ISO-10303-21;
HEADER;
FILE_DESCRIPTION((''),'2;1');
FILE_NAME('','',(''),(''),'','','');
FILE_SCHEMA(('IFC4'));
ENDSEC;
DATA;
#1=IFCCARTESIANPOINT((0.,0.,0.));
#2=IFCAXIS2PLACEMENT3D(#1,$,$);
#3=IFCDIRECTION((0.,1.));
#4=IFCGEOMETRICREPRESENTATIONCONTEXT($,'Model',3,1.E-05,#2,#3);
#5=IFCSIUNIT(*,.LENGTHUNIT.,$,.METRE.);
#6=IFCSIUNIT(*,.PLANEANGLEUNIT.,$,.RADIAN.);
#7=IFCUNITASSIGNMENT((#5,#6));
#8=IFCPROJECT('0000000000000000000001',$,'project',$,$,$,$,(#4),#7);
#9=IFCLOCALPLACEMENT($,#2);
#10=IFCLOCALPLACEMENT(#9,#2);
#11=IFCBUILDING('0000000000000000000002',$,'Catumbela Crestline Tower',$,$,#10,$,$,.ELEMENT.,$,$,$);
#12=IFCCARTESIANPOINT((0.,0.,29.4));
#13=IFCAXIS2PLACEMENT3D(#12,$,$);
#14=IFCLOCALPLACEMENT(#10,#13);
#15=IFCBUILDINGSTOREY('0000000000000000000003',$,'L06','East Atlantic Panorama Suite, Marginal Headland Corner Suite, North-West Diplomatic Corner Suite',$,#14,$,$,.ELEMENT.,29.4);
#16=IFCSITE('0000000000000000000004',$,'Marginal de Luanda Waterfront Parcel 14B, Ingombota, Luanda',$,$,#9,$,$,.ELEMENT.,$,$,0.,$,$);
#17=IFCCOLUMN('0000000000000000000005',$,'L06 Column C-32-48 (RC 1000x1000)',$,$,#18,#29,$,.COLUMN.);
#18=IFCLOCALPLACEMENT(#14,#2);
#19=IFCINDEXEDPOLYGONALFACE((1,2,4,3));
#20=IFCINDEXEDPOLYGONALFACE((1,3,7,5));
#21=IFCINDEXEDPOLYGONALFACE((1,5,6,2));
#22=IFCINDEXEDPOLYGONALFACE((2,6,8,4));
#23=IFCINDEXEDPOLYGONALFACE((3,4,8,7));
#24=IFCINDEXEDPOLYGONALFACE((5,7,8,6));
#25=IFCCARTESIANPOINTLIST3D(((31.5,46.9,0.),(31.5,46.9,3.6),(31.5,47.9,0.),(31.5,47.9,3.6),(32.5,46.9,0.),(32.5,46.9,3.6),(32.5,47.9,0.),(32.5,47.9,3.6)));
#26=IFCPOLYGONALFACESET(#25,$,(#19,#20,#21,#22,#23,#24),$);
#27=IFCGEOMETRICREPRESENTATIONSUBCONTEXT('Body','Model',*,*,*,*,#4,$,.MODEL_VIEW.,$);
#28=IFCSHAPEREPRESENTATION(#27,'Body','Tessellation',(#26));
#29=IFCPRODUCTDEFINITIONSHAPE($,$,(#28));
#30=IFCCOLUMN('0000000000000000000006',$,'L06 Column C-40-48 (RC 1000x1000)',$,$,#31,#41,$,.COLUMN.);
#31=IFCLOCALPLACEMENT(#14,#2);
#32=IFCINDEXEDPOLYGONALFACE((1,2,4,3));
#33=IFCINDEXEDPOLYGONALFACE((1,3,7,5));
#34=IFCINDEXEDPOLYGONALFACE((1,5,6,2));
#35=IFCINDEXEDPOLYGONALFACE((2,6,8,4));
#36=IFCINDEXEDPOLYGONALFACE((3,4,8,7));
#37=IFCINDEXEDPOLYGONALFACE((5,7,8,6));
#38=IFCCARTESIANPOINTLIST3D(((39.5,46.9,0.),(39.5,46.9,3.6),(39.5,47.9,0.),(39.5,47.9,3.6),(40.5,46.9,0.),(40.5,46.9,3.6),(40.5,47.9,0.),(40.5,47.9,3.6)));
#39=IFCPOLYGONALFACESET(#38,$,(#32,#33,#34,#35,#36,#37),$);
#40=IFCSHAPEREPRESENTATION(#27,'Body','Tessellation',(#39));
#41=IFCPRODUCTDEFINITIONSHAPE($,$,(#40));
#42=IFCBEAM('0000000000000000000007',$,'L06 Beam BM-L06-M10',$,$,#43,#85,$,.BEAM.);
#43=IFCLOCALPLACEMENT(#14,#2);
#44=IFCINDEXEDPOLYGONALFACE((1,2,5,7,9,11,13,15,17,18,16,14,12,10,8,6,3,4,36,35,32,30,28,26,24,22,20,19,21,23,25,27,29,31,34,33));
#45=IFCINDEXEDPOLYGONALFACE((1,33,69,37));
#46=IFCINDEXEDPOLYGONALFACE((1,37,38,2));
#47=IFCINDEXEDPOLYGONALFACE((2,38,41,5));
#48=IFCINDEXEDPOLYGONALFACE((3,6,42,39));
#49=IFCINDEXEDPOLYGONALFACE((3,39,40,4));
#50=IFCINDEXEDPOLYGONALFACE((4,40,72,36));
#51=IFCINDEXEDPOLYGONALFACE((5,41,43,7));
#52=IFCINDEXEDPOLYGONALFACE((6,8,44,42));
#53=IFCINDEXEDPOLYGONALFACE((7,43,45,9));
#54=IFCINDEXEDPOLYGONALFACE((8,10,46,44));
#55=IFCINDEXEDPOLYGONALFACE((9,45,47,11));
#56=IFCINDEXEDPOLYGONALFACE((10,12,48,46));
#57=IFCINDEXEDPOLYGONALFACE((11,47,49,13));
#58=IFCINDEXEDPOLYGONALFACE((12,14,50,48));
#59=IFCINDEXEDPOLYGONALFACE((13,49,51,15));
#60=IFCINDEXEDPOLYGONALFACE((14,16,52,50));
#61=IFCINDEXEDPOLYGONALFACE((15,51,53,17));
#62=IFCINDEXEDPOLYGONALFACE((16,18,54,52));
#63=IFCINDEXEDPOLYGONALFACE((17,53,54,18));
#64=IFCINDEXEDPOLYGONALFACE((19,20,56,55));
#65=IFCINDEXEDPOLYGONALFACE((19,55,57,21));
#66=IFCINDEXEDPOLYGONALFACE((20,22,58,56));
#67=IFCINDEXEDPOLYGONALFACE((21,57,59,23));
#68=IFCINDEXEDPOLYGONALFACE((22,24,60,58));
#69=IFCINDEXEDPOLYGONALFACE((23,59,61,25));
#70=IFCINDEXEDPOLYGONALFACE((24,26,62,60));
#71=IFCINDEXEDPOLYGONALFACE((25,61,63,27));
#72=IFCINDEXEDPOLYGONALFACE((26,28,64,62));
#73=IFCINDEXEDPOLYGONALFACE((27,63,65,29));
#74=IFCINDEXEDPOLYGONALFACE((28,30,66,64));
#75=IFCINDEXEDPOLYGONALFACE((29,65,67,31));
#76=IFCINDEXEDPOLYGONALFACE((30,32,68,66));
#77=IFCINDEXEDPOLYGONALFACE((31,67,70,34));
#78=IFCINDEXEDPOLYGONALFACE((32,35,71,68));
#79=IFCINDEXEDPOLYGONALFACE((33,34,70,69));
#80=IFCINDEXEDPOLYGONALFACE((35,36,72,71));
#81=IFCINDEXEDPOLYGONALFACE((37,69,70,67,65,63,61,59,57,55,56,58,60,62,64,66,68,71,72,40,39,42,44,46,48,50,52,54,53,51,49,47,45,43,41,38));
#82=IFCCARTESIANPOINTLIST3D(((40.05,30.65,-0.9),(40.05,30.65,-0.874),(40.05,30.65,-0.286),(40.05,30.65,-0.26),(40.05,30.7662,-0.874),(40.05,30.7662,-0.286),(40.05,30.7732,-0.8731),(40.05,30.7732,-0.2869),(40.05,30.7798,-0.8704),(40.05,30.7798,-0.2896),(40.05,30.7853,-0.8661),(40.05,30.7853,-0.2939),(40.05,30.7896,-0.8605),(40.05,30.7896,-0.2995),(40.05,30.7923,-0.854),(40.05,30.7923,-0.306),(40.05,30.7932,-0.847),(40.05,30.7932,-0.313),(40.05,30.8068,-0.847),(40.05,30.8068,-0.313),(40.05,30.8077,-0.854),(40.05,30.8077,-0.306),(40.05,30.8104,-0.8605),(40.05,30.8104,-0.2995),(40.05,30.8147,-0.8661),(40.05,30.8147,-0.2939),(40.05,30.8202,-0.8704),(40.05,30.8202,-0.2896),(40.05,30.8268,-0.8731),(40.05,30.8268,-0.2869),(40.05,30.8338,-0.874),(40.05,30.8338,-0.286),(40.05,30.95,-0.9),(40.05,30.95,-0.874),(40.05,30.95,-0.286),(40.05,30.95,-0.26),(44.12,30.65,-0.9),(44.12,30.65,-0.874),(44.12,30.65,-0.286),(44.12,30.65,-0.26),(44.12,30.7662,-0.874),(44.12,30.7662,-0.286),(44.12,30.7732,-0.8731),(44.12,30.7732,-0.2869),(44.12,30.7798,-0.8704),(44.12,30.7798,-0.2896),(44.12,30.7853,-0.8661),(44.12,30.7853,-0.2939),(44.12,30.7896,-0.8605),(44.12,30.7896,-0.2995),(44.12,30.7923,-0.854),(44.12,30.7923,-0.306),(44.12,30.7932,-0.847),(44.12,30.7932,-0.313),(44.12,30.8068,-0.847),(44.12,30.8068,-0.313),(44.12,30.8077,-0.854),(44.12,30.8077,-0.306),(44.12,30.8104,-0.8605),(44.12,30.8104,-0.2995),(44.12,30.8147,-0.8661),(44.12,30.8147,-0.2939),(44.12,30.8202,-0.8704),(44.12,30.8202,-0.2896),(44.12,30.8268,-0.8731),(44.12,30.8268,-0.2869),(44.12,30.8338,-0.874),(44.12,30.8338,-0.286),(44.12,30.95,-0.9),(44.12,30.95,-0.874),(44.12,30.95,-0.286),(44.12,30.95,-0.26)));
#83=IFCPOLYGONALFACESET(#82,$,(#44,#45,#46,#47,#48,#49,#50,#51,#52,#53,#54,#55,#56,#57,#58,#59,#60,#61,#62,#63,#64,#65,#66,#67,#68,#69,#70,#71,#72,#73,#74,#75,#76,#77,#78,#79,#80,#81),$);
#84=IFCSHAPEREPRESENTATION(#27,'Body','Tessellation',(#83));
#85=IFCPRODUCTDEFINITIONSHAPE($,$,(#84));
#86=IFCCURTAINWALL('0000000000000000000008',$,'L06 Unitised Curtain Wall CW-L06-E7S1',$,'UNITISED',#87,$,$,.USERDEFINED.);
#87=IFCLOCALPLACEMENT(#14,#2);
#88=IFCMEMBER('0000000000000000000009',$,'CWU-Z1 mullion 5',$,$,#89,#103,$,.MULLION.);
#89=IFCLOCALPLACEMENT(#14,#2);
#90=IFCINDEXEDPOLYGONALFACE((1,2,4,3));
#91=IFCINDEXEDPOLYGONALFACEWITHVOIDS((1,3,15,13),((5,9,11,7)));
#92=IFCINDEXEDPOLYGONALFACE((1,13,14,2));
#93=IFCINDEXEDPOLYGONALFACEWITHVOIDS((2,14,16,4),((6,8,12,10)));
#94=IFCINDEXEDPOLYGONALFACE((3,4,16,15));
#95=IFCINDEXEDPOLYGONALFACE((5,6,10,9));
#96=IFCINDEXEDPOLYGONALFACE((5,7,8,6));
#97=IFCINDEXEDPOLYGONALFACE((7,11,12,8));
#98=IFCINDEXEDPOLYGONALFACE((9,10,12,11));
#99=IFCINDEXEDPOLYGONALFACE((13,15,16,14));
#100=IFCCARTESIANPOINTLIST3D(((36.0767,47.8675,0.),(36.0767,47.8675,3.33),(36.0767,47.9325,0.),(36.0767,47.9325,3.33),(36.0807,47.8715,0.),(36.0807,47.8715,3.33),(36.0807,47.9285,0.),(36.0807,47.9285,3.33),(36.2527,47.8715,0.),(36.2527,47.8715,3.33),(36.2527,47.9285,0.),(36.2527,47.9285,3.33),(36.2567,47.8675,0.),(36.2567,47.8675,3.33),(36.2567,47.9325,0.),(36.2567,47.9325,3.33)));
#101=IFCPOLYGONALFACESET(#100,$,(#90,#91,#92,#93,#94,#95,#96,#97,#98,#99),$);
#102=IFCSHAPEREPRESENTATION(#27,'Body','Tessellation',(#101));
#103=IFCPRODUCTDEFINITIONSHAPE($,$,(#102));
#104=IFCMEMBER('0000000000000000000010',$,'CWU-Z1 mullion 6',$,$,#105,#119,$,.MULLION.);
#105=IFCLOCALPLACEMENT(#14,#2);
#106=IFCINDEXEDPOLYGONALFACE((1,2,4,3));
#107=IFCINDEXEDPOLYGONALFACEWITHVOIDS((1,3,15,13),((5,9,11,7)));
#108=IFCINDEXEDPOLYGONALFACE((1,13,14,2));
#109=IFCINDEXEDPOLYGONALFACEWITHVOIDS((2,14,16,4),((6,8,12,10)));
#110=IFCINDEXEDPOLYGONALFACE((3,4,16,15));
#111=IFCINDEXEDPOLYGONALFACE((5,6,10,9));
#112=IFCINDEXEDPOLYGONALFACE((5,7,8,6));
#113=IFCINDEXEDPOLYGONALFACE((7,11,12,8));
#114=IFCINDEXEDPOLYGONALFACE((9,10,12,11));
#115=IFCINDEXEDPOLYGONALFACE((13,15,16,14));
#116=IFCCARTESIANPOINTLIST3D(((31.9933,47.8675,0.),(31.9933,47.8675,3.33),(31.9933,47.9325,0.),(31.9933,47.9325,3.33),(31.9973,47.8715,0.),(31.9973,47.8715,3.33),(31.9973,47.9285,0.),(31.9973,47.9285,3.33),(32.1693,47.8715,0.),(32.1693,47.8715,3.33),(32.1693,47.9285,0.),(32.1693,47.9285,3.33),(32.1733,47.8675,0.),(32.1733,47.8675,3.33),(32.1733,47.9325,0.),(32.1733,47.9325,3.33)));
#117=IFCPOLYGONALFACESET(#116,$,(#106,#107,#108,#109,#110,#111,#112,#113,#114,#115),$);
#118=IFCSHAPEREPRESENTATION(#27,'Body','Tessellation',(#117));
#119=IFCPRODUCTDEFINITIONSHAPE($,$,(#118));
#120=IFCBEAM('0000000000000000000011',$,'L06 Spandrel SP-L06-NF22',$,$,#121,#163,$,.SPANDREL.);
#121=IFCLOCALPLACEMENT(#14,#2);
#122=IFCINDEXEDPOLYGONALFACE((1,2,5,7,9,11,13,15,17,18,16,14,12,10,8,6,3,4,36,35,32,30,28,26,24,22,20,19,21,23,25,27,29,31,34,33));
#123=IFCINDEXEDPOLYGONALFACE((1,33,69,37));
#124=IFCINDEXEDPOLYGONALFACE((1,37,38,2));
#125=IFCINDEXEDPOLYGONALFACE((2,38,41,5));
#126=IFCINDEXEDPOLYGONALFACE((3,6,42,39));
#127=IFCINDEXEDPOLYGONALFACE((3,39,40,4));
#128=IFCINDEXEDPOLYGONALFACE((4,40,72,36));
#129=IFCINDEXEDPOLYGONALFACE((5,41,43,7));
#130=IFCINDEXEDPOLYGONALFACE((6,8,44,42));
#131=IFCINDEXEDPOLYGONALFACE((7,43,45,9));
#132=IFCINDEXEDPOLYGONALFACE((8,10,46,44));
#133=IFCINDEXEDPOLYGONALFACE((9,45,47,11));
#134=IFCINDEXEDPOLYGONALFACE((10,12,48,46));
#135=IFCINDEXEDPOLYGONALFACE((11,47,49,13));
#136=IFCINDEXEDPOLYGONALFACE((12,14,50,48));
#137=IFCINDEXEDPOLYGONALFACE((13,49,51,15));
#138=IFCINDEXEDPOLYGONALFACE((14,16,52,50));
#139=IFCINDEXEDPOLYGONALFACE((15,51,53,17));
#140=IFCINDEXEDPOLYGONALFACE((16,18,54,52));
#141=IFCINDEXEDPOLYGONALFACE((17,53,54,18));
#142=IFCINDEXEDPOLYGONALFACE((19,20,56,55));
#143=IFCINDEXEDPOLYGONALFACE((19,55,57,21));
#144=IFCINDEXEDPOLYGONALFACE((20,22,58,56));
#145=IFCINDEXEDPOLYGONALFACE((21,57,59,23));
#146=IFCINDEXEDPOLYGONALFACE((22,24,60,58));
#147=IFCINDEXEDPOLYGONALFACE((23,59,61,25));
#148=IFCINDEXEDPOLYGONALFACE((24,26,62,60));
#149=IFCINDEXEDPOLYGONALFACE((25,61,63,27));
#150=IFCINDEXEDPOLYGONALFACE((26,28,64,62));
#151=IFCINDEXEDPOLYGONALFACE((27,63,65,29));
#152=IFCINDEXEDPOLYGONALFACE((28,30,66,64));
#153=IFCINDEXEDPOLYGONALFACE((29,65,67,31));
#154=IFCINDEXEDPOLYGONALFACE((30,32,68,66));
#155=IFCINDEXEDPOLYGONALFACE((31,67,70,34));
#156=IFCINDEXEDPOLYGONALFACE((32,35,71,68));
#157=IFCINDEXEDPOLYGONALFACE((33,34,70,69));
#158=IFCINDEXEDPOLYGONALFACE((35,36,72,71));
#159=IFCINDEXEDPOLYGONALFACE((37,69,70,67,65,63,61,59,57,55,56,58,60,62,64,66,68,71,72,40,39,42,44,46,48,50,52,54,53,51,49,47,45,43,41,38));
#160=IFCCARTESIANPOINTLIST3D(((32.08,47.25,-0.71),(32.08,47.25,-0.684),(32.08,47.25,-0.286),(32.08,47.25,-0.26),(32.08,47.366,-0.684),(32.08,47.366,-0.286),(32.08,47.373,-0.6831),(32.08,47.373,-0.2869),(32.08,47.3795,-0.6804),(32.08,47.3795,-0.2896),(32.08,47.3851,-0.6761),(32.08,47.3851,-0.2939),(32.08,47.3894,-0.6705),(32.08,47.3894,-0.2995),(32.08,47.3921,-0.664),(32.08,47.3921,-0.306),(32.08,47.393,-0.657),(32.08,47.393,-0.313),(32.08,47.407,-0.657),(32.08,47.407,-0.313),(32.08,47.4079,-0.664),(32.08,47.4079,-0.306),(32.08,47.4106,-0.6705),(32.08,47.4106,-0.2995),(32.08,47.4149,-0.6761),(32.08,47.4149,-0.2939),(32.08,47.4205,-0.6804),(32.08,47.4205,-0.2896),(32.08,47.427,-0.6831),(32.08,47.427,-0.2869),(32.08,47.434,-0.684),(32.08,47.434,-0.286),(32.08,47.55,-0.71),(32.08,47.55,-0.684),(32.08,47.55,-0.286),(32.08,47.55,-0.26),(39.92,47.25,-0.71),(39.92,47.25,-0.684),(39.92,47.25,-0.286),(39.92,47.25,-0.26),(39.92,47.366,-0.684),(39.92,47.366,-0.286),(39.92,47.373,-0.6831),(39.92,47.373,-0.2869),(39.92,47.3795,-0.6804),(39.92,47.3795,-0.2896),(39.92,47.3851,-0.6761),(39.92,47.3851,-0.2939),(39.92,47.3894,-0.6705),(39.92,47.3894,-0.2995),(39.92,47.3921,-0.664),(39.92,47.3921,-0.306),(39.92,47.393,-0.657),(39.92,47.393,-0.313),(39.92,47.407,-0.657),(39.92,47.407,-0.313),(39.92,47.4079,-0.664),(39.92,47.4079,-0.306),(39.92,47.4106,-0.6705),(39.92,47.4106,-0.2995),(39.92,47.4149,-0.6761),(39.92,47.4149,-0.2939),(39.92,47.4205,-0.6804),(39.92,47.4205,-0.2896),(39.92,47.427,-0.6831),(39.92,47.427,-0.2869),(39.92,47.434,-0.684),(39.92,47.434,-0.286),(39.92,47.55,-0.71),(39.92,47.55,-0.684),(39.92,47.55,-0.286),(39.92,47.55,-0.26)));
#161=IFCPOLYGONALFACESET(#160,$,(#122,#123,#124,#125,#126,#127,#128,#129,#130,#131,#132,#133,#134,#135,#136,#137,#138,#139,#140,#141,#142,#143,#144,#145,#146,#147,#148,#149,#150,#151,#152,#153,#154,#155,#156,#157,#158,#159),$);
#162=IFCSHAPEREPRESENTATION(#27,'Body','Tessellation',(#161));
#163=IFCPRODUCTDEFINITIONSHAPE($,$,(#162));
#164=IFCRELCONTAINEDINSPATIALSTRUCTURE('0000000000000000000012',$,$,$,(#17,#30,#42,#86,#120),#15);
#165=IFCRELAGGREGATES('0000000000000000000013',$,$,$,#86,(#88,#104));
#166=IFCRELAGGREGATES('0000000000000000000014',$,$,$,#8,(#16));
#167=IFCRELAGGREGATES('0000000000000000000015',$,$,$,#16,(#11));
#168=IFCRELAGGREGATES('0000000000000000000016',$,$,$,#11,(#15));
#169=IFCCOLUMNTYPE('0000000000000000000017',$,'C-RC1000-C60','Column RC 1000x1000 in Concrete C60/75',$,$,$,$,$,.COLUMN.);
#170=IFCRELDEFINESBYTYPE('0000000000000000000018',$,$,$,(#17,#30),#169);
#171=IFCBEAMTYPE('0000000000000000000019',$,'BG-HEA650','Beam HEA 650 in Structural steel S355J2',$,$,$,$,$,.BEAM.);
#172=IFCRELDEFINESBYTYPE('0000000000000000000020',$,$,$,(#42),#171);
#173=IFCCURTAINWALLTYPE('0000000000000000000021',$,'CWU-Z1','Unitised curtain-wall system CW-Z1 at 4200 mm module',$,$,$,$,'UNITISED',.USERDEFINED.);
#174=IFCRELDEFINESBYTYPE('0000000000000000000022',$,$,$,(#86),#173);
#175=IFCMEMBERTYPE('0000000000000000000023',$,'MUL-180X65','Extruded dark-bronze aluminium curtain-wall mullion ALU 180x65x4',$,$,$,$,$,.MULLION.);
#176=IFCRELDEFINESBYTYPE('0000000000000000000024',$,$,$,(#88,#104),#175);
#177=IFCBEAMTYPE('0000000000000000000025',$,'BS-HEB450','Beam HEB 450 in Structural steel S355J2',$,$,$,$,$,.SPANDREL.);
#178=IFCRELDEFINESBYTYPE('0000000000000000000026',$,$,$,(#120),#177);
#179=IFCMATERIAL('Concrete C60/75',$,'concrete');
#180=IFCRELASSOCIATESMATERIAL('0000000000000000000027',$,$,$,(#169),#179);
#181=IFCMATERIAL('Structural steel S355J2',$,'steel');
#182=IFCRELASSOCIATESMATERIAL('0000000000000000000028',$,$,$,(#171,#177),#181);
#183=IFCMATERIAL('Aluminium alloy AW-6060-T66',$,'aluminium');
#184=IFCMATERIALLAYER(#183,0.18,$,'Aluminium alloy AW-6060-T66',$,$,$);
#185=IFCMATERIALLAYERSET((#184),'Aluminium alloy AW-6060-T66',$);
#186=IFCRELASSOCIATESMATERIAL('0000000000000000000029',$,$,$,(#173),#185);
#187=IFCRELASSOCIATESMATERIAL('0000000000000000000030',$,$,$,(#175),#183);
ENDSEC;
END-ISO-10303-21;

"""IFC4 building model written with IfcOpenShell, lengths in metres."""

from ifc_helpers import new_model, si_unit, direction, frame, origin, origin_2d, place, context, subcontext, project, spatial, rectangle, hollow_rectangle, i_section, extrude, material, layer, layer_set, material_profile, profile_set, type_object, element, aggregate, save


model = new_model("IFC4")

# Units and contexts
model_context = context("Model", 3, precision=1e-05, world=origin(), true_north=direction((0.0, 1.0)))
body_context = subcontext(model_context, "Body", "Model", "MODEL_VIEW")
ifc_project = project(units=[si_unit("LENGTHUNIT", "METRE"), si_unit("PLANEANGLEUNIT", "RADIAN")], contexts=[model_context])

# Site, building, storey
site_placement = place(None, origin())
site = spatial("IfcSite", under=ifc_project, at=site_placement, Name="Marginal de Luanda Waterfront Parcel 14B, Ingombota, Luanda", CompositionType="ELEMENT", RefElevation=0.0)
building_placement = place(site_placement, origin())
building = spatial("IfcBuilding", under=site, at=building_placement, Name="Catumbela Crestline Tower", CompositionType="ELEMENT")
storey_placement = place(building_placement, frame((0.0, 0.0, 29.4)))
storey = spatial("IfcBuildingStorey", under=building, at=storey_placement, Name="L06", Description="East Atlantic Panorama Suite, Marginal Headland Corner Suite, North-West Diplomatic Corner Suite", CompositionType="ELEMENT", Elevation=29.4)

# Columns
ifc_material_1 = material(Name="Concrete C60/75", Category="concrete")
ifc_material_profile_1 = material_profile(ifc_material_1, rectangle(XDim=1.0, YDim=1.0, at=origin_2d()), Name="RC 1000x1000")
ifc_profile_set_1 = profile_set([ifc_material_profile_1], Name="Concrete C60/75")
column_type = type_object("IfcColumnType", Name="C-RC1000-C60", Description="Column RC 1000x1000 in Concrete C60/75", PredefinedType="COLUMN", material=ifc_profile_set_1)
for number, where, z_axis, x_axis, name in (
    (1, (32.0, 47.4, 0.0), (0.0, 0.0, 1.0), (1.0, 0.0, 0.0), "L06 Column C-32-48 (RC 1000x1000)"),
    (2, (40.0, 47.4, 0.0), (0.0, 0.0, 1.0), (1.0, 0.0, 0.0), "L06 Column C-40-48 (RC 1000x1000)"),
):
    element("IfcColumn", number, at=place(storey_placement, frame(where, z_axis=z_axis, x_axis=x_axis)), inside=storey, type_object=column_type, Name=name, PredefinedType="COLUMN", context=body_context, shape_type="SweptSolid", body=[
        extrude(rectangle(XDim=1.0, YDim=1.0, at=origin_2d()), origin(), (0.0, 0.0, 1.0), 3.6),
    ])

# Beam
ifc_material_2 = material(Name="Structural steel S355J2", Category="steel")
ifc_material_profile_2 = material_profile(ifc_material_2, i_section(OverallWidth=0.3, OverallDepth=0.64, WebThickness=0.0135, FlangeThickness=0.026, FilletRadius=0.027, at=origin_2d()), Name="HEA 650")
ifc_profile_set_2 = profile_set([ifc_material_profile_2], Name="Structural steel S355J2")
beam_type_1 = type_object("IfcBeamType", Name="BG-HEA650", Description="Beam HEA 650 in Structural steel S355J2", PredefinedType="BEAM", material=ifc_profile_set_2)
beam_1_placement = place(storey_placement, frame((40.05, 30.8, -0.58), z_axis=(1.0, 0.0, 0.0), x_axis=(0.0, 1.0, 0.0)))
element("IfcBeam", 3, at=beam_1_placement, inside=storey, type_object=beam_type_1, Name="L06 Beam BM-L06-M10", PredefinedType="BEAM", context=body_context, shape_type="SweptSolid", body=[
    extrude(i_section(OverallWidth=0.3, OverallDepth=0.64, WebThickness=0.0135, FlangeThickness=0.026, FilletRadius=0.027, at=origin_2d()), origin(), (0.0, 0.0, 1.0), 4.07),
])

# Curtain wall, members
ifc_material_3 = material(Name="Aluminium alloy AW-6060-T66", Category="aluminium")
ifc_layer_1 = layer(ifc_material_3, 0.18, Name="Aluminium alloy AW-6060-T66")
ifc_layer_set_1 = layer_set([ifc_layer_1], Name="Aluminium alloy AW-6060-T66")
curtain_wall_type = type_object("IfcCurtainWallType", Name="CWU-Z1", Description="Unitised curtain-wall system CW-Z1 at 4200 mm module", ElementType="UNITISED", PredefinedType="USERDEFINED", material=ifc_layer_set_1)
curtain_wall_placement = place(storey_placement, origin())
curtain_wall = element("IfcCurtainWall", 4, at=curtain_wall_placement, inside=storey, type_object=curtain_wall_type, Name="L06 Unitised Curtain Wall CW-L06-E7S1", ObjectType="UNITISED", PredefinedType="USERDEFINED")
ifc_material_profile_3 = material_profile(ifc_material_3, hollow_rectangle(XDim=0.065, YDim=0.18, WallThickness=0.004, at=origin_2d()), Name="ALU 180x65x4")
ifc_profile_set_3 = profile_set([ifc_material_profile_3], Name="Aluminium alloy AW-6060-T66")
member_type_1 = type_object("IfcMemberType", Name="MUL-180X65", Description="Extruded dark-bronze aluminium curtain-wall mullion ALU 180x65x4", PredefinedType="MULLION", material=ifc_profile_set_3)
member_1_placement = place(storey_placement, frame((36.1667, 47.9, 0.0), z_axis=(0.0, 0.0, 1.0), x_axis=(0.0, -1.0, 0.0)))
member_1 = element("IfcMember", 5, at=member_1_placement, type_object=member_type_1, Name="CWU-Z1 mullion 5", PredefinedType="MULLION", context=body_context, shape_type="SweptSolid", body=[
    extrude(hollow_rectangle(XDim=0.065, YDim=0.18, WallThickness=0.004, at=origin_2d()), origin(), (0.0, 0.0, 1.0), 3.33),
])
member_2_placement = place(storey_placement, frame((32.0833, 47.9, 0.0), z_axis=(0.0, 0.0, 1.0), x_axis=(0.0, -1.0, 0.0)))
member_2 = element("IfcMember", 6, at=member_2_placement, type_object=member_type_1, Name="CWU-Z1 mullion 6", PredefinedType="MULLION", context=body_context, shape_type="SweptSolid", body=[
    extrude(hollow_rectangle(XDim=0.065, YDim=0.18, WallThickness=0.004, at=origin_2d()), origin(), (0.0, 0.0, 1.0), 3.33),
])

# Beam
ifc_material_profile_4 = material_profile(ifc_material_2, i_section(OverallWidth=0.3, OverallDepth=0.45, WebThickness=0.014, FlangeThickness=0.026, FilletRadius=0.027, at=origin_2d()), Name="HEB 450")
ifc_profile_set_4 = profile_set([ifc_material_profile_4], Name="Structural steel S355J2")
beam_type_2 = type_object("IfcBeamType", Name="BS-HEB450", Description="Beam HEB 450 in Structural steel S355J2", PredefinedType="SPANDREL", material=ifc_profile_set_4)
beam_2_placement = place(storey_placement, frame((32.08, 47.4, -0.485), z_axis=(1.0, 0.0, 0.0), x_axis=(0.0, 1.0, 0.0)))
element("IfcBeam", 7, at=beam_2_placement, inside=storey, type_object=beam_type_2, Name="L06 Spandrel SP-L06-NF22", PredefinedType="SPANDREL", context=body_context, shape_type="SweptSolid", body=[
    extrude(i_section(OverallWidth=0.3, OverallDepth=0.45, WebThickness=0.014, FlangeThickness=0.026, FilletRadius=0.027, at=origin_2d()), origin(), (0.0, 0.0, 1.0), 7.84),
])

aggregate(curtain_wall, [member_1, member_2])

save(model, "model.ifc")
